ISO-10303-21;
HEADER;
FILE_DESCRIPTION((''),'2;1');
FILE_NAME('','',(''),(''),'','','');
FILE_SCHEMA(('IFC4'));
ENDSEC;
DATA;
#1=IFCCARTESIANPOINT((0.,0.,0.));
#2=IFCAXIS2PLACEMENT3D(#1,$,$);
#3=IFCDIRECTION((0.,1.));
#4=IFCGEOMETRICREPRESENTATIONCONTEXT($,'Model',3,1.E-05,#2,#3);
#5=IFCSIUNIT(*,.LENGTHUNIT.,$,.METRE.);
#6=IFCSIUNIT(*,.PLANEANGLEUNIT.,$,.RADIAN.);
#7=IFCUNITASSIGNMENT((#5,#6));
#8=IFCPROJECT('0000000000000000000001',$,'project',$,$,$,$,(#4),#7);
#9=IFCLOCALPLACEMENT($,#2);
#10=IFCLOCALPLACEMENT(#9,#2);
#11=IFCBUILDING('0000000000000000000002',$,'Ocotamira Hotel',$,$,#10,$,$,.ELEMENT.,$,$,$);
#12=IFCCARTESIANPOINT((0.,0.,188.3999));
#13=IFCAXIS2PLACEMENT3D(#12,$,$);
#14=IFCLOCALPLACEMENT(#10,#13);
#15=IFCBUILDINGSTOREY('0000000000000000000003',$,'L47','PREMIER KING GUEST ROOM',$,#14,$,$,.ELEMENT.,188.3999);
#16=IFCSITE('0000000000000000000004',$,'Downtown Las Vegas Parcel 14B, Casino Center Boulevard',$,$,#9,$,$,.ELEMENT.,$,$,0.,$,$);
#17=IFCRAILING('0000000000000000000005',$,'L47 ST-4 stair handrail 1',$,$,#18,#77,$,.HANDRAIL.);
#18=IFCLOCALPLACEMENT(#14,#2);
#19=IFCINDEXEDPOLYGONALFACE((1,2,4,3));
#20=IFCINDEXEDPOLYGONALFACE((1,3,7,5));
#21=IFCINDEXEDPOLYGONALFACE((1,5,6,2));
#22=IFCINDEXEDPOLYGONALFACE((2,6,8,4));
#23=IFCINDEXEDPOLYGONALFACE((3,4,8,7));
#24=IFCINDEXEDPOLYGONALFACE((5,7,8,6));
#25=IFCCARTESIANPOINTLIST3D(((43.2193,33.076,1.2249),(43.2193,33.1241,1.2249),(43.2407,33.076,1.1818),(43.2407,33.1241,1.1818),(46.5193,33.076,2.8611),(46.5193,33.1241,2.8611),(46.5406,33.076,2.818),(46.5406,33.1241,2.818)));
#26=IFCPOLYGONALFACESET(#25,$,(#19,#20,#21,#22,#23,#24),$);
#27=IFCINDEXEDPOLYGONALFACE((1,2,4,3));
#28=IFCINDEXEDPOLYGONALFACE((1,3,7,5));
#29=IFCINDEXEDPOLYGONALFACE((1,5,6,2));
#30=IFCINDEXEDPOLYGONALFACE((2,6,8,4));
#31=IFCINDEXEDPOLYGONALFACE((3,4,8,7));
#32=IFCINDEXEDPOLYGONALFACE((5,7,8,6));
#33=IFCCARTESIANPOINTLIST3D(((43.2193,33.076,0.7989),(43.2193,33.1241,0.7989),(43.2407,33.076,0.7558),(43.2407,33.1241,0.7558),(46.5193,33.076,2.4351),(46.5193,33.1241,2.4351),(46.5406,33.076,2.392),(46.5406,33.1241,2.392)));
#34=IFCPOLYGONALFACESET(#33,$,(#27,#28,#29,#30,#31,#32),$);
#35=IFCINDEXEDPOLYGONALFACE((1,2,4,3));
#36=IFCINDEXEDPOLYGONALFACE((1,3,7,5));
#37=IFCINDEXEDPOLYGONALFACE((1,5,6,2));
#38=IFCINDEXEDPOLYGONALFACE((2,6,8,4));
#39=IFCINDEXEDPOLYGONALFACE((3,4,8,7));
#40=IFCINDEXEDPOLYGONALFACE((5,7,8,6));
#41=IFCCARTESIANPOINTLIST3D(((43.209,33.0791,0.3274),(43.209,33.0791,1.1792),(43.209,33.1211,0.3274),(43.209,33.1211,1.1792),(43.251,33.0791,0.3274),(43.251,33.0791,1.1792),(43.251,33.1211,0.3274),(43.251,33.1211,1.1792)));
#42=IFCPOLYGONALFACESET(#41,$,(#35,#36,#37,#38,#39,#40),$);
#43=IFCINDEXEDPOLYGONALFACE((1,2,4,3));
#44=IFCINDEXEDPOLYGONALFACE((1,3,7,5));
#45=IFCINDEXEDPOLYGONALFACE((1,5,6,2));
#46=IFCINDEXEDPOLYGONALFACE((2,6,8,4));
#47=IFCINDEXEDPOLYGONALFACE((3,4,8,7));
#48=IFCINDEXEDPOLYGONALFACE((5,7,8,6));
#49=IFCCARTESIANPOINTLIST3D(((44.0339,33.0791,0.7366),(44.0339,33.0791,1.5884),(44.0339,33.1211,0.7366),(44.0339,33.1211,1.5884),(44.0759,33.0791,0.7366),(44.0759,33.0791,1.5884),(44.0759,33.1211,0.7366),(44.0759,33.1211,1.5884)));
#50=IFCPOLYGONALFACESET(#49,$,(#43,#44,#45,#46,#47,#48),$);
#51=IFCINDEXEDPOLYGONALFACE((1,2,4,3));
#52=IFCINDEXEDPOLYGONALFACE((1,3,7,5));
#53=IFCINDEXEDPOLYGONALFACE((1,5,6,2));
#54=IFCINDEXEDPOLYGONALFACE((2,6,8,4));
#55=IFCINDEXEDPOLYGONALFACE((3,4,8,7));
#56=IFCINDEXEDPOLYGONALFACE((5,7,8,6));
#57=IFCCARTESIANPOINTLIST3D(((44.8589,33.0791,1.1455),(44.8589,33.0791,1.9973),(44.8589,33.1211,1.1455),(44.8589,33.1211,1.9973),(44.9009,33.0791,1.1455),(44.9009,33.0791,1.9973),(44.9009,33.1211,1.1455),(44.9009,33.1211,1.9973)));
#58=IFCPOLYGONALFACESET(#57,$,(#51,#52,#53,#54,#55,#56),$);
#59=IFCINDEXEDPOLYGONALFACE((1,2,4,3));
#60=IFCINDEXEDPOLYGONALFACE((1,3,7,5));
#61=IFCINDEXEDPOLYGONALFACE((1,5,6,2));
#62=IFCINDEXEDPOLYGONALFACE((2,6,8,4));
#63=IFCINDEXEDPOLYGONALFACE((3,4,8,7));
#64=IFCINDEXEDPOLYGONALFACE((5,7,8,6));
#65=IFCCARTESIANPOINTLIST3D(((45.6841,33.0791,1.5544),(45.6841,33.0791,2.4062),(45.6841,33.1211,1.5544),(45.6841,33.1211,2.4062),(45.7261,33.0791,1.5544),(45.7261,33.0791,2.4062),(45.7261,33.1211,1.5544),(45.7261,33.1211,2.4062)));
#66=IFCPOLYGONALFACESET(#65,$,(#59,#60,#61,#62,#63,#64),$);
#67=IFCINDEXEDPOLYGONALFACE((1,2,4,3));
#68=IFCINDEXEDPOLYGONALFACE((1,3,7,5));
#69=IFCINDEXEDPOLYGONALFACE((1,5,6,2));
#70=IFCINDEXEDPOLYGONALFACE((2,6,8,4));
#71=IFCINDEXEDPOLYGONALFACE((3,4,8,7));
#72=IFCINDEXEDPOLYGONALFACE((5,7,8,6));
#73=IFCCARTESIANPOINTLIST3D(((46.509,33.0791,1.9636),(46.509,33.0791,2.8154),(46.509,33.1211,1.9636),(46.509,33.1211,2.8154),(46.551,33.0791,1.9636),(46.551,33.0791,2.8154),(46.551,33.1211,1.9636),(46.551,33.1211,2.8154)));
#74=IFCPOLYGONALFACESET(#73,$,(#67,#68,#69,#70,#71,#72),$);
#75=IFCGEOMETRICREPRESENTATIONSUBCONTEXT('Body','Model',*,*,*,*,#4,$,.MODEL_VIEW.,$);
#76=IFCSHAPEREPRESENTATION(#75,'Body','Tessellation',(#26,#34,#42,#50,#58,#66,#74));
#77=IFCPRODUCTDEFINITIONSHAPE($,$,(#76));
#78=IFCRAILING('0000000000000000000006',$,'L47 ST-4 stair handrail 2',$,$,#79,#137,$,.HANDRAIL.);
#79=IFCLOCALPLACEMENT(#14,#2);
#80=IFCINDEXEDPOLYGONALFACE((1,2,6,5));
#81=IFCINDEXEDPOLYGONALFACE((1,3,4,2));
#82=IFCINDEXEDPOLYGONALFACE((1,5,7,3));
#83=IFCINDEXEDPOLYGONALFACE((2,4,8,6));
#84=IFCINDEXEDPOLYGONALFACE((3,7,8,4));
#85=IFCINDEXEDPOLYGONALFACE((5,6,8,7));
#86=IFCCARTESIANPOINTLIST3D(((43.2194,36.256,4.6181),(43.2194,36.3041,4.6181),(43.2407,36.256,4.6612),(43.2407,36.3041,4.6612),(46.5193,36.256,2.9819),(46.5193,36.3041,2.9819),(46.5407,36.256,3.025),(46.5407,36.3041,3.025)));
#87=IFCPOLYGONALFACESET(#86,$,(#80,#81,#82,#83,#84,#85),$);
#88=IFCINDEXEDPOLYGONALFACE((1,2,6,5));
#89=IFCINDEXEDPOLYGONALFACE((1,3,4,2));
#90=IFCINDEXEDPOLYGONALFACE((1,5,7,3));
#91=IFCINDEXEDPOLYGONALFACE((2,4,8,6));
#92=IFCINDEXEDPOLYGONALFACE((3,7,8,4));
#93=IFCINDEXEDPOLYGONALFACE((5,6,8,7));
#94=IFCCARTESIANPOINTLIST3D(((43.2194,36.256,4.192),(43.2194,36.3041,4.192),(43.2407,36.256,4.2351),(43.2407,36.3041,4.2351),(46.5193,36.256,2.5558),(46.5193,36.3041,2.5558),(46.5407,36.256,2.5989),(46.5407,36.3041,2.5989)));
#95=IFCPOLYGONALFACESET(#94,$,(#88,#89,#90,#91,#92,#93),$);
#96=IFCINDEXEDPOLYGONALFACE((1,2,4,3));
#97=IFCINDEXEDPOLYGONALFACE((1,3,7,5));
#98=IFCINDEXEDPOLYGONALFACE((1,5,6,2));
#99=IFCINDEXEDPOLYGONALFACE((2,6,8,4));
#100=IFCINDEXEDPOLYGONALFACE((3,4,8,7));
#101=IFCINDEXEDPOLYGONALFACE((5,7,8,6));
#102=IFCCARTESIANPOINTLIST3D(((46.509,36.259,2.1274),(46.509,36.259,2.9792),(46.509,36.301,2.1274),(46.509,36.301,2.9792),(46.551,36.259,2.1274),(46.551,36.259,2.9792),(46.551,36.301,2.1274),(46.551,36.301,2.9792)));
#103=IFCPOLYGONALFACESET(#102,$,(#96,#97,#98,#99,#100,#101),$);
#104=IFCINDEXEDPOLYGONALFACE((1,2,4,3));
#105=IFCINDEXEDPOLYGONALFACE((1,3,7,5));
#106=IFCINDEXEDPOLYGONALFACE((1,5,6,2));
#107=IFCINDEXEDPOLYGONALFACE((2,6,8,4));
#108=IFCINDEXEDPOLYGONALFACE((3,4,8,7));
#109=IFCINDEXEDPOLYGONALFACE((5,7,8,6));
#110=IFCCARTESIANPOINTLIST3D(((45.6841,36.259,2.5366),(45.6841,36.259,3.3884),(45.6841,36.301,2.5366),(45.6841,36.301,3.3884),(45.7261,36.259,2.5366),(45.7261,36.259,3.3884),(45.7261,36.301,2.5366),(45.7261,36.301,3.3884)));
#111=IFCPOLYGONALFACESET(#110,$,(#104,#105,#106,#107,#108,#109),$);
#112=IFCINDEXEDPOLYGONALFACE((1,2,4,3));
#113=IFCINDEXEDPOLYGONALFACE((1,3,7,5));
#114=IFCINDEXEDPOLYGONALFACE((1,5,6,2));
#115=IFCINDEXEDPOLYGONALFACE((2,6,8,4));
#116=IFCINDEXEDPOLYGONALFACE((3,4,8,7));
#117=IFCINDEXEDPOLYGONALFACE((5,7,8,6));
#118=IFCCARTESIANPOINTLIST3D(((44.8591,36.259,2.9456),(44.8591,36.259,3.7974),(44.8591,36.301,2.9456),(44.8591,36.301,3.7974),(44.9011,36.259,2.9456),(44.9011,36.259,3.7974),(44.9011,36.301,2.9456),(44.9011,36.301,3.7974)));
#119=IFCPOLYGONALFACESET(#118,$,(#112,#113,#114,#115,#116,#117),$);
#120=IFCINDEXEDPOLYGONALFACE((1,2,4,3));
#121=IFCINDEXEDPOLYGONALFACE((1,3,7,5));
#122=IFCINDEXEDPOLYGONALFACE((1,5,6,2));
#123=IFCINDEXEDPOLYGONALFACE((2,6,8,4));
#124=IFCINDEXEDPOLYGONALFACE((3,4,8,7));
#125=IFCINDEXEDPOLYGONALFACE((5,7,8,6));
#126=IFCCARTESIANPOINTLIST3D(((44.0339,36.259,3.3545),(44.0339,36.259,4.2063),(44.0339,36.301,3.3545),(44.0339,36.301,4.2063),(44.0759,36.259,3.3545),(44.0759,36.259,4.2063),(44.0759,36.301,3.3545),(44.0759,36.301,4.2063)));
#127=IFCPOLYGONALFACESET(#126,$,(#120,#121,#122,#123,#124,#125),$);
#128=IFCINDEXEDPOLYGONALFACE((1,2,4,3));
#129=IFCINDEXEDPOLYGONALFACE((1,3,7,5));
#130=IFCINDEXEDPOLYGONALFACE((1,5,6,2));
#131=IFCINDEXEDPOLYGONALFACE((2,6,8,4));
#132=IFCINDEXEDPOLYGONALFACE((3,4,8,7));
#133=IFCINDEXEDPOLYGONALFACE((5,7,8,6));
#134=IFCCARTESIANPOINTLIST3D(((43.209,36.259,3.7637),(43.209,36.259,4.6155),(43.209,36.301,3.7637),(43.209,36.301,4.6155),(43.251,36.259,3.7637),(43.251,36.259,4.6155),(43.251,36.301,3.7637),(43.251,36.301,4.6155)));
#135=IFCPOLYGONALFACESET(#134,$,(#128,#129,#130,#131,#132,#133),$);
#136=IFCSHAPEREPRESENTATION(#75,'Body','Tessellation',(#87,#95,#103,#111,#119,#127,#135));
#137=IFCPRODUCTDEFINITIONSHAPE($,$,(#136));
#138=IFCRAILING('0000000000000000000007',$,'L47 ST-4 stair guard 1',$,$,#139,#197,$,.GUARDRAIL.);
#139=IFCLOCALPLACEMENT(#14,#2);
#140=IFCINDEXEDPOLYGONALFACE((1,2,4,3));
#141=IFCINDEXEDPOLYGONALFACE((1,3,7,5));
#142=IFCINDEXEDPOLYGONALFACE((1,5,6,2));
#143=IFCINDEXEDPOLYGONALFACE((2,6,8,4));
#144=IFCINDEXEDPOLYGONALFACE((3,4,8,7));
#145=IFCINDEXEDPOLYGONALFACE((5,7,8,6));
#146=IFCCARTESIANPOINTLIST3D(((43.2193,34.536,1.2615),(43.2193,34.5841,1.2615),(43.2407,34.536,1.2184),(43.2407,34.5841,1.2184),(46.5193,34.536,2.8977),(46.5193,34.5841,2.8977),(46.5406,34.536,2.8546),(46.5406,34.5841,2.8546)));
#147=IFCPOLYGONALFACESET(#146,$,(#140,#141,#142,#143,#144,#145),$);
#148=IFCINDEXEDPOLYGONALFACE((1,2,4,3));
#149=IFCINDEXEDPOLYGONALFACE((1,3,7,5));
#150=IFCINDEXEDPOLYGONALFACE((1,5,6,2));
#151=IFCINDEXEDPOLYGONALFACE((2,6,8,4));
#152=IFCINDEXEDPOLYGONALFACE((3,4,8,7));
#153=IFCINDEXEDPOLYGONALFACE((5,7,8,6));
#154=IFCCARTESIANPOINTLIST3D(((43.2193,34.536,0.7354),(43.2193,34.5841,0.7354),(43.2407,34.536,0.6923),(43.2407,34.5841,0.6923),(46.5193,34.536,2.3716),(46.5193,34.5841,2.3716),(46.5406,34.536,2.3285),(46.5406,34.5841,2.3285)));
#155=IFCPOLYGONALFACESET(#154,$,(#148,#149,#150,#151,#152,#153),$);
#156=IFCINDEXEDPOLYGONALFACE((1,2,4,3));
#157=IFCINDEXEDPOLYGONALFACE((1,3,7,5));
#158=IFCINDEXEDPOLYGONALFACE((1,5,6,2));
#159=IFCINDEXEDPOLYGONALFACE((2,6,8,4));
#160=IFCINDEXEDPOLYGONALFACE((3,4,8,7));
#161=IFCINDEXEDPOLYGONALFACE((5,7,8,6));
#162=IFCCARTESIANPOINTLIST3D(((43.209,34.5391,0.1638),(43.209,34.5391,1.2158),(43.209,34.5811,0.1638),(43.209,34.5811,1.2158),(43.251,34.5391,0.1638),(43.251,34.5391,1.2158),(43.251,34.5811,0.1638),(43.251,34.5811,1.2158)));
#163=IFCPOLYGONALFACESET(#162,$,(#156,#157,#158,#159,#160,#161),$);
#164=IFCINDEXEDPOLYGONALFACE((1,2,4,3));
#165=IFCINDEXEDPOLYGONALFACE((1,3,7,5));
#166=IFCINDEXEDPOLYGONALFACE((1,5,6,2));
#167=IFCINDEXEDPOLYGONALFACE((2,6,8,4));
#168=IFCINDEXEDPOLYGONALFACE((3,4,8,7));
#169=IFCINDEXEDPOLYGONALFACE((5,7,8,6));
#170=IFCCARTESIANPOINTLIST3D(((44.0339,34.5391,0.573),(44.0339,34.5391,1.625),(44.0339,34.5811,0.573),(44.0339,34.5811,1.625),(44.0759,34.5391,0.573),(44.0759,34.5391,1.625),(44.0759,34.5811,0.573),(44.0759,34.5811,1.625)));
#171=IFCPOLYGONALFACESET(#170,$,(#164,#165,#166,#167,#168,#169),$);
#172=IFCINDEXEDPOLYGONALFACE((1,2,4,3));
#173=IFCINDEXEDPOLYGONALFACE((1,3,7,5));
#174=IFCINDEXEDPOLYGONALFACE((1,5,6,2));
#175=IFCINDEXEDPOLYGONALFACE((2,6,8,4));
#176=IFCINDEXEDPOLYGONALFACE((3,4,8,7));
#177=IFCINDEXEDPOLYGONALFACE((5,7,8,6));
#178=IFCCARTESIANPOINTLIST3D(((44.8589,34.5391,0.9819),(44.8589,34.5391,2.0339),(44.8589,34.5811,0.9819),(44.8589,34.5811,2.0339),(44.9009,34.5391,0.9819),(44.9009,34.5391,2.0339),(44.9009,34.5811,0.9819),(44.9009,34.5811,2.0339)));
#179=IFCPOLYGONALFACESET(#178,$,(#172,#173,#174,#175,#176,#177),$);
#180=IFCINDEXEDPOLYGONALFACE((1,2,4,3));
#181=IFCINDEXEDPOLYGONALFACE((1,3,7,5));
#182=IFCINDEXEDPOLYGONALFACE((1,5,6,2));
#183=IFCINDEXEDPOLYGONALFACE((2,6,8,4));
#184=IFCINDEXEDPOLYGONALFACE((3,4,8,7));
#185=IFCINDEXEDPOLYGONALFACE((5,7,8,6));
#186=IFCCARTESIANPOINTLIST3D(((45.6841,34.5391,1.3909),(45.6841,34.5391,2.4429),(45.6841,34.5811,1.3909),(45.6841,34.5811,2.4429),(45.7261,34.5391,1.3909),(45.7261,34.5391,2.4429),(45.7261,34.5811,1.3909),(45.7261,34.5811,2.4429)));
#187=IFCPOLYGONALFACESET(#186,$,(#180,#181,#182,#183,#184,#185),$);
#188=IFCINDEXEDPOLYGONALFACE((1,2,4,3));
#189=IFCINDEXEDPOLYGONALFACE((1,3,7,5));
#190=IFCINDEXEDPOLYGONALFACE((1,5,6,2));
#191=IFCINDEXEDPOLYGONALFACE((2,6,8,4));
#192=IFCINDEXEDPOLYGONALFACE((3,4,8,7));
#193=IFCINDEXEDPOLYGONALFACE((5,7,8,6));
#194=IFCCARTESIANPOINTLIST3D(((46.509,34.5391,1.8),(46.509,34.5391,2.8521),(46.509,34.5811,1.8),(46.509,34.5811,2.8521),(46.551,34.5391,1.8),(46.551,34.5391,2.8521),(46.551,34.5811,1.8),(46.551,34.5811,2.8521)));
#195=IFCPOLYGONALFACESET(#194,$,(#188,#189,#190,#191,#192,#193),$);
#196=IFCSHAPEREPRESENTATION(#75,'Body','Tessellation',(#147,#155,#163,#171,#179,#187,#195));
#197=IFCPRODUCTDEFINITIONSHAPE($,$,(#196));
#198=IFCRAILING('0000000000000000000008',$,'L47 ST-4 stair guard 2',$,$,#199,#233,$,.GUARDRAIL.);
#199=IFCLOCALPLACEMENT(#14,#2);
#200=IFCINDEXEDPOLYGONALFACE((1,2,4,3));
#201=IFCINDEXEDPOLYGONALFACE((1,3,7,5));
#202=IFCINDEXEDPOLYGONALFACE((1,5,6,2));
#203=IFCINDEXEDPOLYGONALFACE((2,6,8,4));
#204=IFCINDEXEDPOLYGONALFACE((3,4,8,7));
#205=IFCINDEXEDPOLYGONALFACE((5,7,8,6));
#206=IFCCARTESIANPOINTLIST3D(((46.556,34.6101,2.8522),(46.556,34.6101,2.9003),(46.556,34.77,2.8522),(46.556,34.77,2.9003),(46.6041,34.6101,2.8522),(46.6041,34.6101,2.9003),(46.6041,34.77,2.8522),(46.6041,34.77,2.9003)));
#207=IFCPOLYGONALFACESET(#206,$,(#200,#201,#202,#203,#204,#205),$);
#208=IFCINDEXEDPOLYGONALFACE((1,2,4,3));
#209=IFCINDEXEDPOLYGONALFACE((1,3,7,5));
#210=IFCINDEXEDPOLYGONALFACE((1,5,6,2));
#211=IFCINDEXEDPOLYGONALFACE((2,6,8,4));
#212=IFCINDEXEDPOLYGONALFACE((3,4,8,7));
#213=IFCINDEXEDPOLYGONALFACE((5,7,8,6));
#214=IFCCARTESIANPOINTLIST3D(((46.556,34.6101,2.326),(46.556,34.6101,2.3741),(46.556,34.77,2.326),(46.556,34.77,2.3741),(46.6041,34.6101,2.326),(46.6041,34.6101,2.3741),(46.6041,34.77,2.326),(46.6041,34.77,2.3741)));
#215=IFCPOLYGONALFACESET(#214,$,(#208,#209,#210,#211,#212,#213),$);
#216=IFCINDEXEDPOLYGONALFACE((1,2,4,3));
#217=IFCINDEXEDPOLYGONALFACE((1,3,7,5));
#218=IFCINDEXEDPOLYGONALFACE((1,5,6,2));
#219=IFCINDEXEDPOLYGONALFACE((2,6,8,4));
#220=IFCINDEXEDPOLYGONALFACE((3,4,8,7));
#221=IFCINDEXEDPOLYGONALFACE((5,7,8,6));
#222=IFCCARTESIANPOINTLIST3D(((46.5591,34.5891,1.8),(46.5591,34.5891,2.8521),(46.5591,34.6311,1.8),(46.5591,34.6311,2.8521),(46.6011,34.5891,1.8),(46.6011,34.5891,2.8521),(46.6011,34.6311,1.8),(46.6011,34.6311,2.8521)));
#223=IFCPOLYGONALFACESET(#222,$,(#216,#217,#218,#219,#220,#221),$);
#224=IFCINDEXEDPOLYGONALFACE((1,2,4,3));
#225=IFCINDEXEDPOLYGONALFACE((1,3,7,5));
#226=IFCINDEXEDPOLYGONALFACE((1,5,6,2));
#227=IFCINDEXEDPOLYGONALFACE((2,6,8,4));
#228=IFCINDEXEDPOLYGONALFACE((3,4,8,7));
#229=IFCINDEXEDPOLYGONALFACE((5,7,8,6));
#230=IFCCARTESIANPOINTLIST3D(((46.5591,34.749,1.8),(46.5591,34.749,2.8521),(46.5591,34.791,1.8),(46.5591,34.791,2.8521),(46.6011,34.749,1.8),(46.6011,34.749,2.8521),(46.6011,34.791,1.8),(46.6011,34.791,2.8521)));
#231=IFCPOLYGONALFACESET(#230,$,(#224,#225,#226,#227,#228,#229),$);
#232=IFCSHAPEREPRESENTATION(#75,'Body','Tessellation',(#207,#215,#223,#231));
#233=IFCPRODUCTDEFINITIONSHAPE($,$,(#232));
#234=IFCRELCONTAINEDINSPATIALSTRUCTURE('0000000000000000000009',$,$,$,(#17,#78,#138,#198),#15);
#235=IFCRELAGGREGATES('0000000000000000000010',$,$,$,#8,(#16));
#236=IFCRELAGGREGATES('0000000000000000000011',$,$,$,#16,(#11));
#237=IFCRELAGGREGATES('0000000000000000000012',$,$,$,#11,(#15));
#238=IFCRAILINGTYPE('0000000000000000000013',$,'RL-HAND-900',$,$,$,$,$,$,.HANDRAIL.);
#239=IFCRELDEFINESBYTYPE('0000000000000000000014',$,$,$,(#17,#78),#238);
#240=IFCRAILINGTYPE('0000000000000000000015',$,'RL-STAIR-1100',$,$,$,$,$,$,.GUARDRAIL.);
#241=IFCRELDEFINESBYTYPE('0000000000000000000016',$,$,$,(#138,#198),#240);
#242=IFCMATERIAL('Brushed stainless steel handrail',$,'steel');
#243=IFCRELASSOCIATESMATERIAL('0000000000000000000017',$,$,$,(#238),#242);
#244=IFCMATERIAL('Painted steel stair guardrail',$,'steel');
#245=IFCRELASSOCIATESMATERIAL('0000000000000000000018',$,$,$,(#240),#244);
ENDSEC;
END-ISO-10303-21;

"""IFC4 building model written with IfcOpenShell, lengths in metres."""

from ifc_helpers import new_model, si_unit, direction, frame, origin, origin_2d, place, context, subcontext, project, spatial, rectangle, extrude, material, type_object, element, save


model = new_model("IFC4")

# Units and contexts
model_context = context("Model", 3, precision=1e-05, world=origin(), true_north=direction((0.0, 1.0)))
body_context = subcontext(model_context, "Body", "Model", "MODEL_VIEW")
ifc_project = project(units=[si_unit("LENGTHUNIT", "METRE"), si_unit("PLANEANGLEUNIT", "RADIAN")], contexts=[model_context])

# Site, building, storey
site_placement = place(None, origin())
site = spatial("IfcSite", under=ifc_project, at=site_placement, Name="Downtown Las Vegas Parcel 14B, Casino Center Boulevard", CompositionType="ELEMENT", RefElevation=0.0)
building_placement = place(site_placement, origin())
building = spatial("IfcBuilding", under=site, at=building_placement, Name="Ocotamira Hotel", CompositionType="ELEMENT")
storey_placement = place(building_placement, frame((0.0, 0.0, 188.3999)))
storey = spatial("IfcBuildingStorey", under=building, at=storey_placement, Name="L47", Description="PREMIER KING GUEST ROOM", CompositionType="ELEMENT", Elevation=188.3999)

# Railings
ifc_material_1 = material(Name="Brushed stainless steel handrail", Category="steel")
railing_type_1 = type_object("IfcRailingType", Name="RL-HAND-900", PredefinedType="HANDRAIL", material=ifc_material_1)
railing_1_placement = place(storey_placement, frame((43.23, 33.1001, 0.3274)))
element("IfcRailing", 1, at=railing_1_placement, inside=storey, type_object=railing_type_1, Name="L47 ST-4 stair handrail 1", PredefinedType="HANDRAIL", context=body_context, shape_type="SweptSolid", body=[
    extrude(rectangle(XDim=0.0481, YDim=0.0481, at=origin_2d()), frame((0.0, 0.0, 0.876), z_axis=(0.89592, 0.0, 0.444215), x_axis=(0.0, 1.0, 0.0)), (0.0, 0.0, 1.0), 3.6833),
    extrude(rectangle(XDim=0.0481, YDim=0.0481, at=origin_2d()), frame((0.0, 0.0, 0.45), z_axis=(0.89592, 0.0, 0.444215), x_axis=(0.0, 1.0, 0.0)), (0.0, 0.0, 1.0), 3.6833),
    extrude(rectangle(XDim=0.042, YDim=0.042, at=origin_2d()), origin(), (0.0, 0.0, 1.0), 0.8518),
    extrude(rectangle(XDim=0.042, YDim=0.042, at=origin_2d()), frame((0.825, 0.0, 0.4092)), (0.0, 0.0, 1.0), 0.8518),
    extrude(rectangle(XDim=0.042, YDim=0.042, at=origin_2d()), frame((1.6499, 0.0, 0.8181)), (0.0, 0.0, 1.0), 0.8518),
    extrude(rectangle(XDim=0.042, YDim=0.042, at=origin_2d()), frame((2.4751, 0.0, 1.2271)), (0.0, 0.0, 1.0), 0.8518),
    extrude(rectangle(XDim=0.042, YDim=0.042, at=origin_2d()), frame((3.3, 0.0, 1.6362)), (0.0, 0.0, 1.0), 0.8518),
])
railing_2_placement = place(storey_placement, frame((46.53, 36.28, 2.1274)))
element("IfcRailing", 2, at=railing_2_placement, inside=storey, type_object=railing_type_1, Name="L47 ST-4 stair handrail 2", PredefinedType="HANDRAIL", context=body_context, shape_type="SweptSolid", body=[
    extrude(rectangle(XDim=0.0481, YDim=0.0481, at=origin_2d()), frame((0.0, 0.0, 0.876), z_axis=(-0.89592, 0.0, 0.444215), x_axis=(0.0, -1.0, 0.0)), (0.0, 0.0, 1.0), 3.6833),
    extrude(rectangle(XDim=0.0481, YDim=0.0481, at=origin_2d()), frame((0.0, 0.0, 0.45), z_axis=(-0.89592, 0.0, 0.444215), x_axis=(0.0, -1.0, 0.0)), (0.0, 0.0, 1.0), 3.6833),
    extrude(rectangle(XDim=0.042, YDim=0.042, at=origin_2d()), origin(), (0.0, 0.0, 1.0), 0.8518),
    extrude(rectangle(XDim=0.042, YDim=0.042, at=origin_2d()), frame((-0.825, 0.0, 0.4092)), (0.0, 0.0, 1.0), 0.8518),
    extrude(rectangle(XDim=0.042, YDim=0.042, at=origin_2d()), frame((-1.6499, 0.0, 0.8181)), (0.0, 0.0, 1.0), 0.8518),
    extrude(rectangle(XDim=0.042, YDim=0.042, at=origin_2d()), frame((-2.4751, 0.0, 1.2271)), (0.0, 0.0, 1.0), 0.8518),
    extrude(rectangle(XDim=0.042, YDim=0.042, at=origin_2d()), frame((-3.3, 0.0, 1.6362)), (0.0, 0.0, 1.0), 0.8518),
])
ifc_material_2 = material(Name="Painted steel stair guardrail", Category="steel")
railing_type_2 = type_object("IfcRailingType", Name="RL-STAIR-1100", PredefinedType="GUARDRAIL", material=ifc_material_2)
railing_3_placement = place(storey_placement, frame((43.23, 34.5601, 0.1638)))
element("IfcRailing", 3, at=railing_3_placement, inside=storey, type_object=railing_type_2, Name="L47 ST-4 stair guard 1", PredefinedType="GUARDRAIL", context=body_context, shape_type="SweptSolid", body=[
    extrude(rectangle(XDim=0.0481, YDim=0.0481, at=origin_2d()), frame((0.0, 0.0, 1.0762), z_axis=(0.89592, 0.0, 0.444215), x_axis=(0.0, 1.0, 0.0)), (0.0, 0.0, 1.0), 3.6833),
    extrude(rectangle(XDim=0.0481, YDim=0.0481, at=origin_2d()), frame((0.0, 0.0, 0.55), z_axis=(0.89592, 0.0, 0.444215), x_axis=(0.0, 1.0, 0.0)), (0.0, 0.0, 1.0), 3.6833),
    extrude(rectangle(XDim=0.042, YDim=0.042, at=origin_2d()), origin(), (0.0, 0.0, 1.0), 1.052),
    extrude(rectangle(XDim=0.042, YDim=0.042, at=origin_2d()), frame((0.825, 0.0, 0.4092)), (0.0, 0.0, 1.0), 1.052),
    extrude(rectangle(XDim=0.042, YDim=0.042, at=origin_2d()), frame((1.6499, 0.0, 0.8181)), (0.0, 0.0, 1.0), 1.052),
    extrude(rectangle(XDim=0.042, YDim=0.042, at=origin_2d()), frame((2.4751, 0.0, 1.2271)), (0.0, 0.0, 1.0), 1.052),
    extrude(rectangle(XDim=0.042, YDim=0.042, at=origin_2d()), frame((3.3, 0.0, 1.6362)), (0.0, 0.0, 1.0), 1.052),
])
railing_4_placement = place(storey_placement, frame((46.5801, 34.6101, 1.8)))
element("IfcRailing", 4, at=railing_4_placement, inside=storey, type_object=railing_type_2, Name="L47 ST-4 stair guard 2", PredefinedType="GUARDRAIL", context=body_context, shape_type="SweptSolid", body=[
    extrude(rectangle(XDim=0.0481, YDim=0.0481, at=origin_2d()), frame((0.0, 0.0, 1.0762), z_axis=(0.0, 1.0, 0.0), x_axis=(-1.0, 0.0, 0.0)), (0.0, 0.0, 1.0), 0.1599),
    extrude(rectangle(XDim=0.0481, YDim=0.0481, at=origin_2d()), frame((0.0, 0.0, 0.55), z_axis=(0.0, 1.0, 0.0), x_axis=(-1.0, 0.0, 0.0)), (0.0, 0.0, 1.0), 0.1599),
    extrude(rectangle(XDim=0.042, YDim=0.042, at=origin_2d()), origin(), (0.0, 0.0, 1.0), 1.052),
    extrude(rectangle(XDim=0.042, YDim=0.042, at=origin_2d()), frame((0.0, 0.1599, 0.0)), (0.0, 0.0, 1.0), 1.052),
])

save(model, "model.ifc")
